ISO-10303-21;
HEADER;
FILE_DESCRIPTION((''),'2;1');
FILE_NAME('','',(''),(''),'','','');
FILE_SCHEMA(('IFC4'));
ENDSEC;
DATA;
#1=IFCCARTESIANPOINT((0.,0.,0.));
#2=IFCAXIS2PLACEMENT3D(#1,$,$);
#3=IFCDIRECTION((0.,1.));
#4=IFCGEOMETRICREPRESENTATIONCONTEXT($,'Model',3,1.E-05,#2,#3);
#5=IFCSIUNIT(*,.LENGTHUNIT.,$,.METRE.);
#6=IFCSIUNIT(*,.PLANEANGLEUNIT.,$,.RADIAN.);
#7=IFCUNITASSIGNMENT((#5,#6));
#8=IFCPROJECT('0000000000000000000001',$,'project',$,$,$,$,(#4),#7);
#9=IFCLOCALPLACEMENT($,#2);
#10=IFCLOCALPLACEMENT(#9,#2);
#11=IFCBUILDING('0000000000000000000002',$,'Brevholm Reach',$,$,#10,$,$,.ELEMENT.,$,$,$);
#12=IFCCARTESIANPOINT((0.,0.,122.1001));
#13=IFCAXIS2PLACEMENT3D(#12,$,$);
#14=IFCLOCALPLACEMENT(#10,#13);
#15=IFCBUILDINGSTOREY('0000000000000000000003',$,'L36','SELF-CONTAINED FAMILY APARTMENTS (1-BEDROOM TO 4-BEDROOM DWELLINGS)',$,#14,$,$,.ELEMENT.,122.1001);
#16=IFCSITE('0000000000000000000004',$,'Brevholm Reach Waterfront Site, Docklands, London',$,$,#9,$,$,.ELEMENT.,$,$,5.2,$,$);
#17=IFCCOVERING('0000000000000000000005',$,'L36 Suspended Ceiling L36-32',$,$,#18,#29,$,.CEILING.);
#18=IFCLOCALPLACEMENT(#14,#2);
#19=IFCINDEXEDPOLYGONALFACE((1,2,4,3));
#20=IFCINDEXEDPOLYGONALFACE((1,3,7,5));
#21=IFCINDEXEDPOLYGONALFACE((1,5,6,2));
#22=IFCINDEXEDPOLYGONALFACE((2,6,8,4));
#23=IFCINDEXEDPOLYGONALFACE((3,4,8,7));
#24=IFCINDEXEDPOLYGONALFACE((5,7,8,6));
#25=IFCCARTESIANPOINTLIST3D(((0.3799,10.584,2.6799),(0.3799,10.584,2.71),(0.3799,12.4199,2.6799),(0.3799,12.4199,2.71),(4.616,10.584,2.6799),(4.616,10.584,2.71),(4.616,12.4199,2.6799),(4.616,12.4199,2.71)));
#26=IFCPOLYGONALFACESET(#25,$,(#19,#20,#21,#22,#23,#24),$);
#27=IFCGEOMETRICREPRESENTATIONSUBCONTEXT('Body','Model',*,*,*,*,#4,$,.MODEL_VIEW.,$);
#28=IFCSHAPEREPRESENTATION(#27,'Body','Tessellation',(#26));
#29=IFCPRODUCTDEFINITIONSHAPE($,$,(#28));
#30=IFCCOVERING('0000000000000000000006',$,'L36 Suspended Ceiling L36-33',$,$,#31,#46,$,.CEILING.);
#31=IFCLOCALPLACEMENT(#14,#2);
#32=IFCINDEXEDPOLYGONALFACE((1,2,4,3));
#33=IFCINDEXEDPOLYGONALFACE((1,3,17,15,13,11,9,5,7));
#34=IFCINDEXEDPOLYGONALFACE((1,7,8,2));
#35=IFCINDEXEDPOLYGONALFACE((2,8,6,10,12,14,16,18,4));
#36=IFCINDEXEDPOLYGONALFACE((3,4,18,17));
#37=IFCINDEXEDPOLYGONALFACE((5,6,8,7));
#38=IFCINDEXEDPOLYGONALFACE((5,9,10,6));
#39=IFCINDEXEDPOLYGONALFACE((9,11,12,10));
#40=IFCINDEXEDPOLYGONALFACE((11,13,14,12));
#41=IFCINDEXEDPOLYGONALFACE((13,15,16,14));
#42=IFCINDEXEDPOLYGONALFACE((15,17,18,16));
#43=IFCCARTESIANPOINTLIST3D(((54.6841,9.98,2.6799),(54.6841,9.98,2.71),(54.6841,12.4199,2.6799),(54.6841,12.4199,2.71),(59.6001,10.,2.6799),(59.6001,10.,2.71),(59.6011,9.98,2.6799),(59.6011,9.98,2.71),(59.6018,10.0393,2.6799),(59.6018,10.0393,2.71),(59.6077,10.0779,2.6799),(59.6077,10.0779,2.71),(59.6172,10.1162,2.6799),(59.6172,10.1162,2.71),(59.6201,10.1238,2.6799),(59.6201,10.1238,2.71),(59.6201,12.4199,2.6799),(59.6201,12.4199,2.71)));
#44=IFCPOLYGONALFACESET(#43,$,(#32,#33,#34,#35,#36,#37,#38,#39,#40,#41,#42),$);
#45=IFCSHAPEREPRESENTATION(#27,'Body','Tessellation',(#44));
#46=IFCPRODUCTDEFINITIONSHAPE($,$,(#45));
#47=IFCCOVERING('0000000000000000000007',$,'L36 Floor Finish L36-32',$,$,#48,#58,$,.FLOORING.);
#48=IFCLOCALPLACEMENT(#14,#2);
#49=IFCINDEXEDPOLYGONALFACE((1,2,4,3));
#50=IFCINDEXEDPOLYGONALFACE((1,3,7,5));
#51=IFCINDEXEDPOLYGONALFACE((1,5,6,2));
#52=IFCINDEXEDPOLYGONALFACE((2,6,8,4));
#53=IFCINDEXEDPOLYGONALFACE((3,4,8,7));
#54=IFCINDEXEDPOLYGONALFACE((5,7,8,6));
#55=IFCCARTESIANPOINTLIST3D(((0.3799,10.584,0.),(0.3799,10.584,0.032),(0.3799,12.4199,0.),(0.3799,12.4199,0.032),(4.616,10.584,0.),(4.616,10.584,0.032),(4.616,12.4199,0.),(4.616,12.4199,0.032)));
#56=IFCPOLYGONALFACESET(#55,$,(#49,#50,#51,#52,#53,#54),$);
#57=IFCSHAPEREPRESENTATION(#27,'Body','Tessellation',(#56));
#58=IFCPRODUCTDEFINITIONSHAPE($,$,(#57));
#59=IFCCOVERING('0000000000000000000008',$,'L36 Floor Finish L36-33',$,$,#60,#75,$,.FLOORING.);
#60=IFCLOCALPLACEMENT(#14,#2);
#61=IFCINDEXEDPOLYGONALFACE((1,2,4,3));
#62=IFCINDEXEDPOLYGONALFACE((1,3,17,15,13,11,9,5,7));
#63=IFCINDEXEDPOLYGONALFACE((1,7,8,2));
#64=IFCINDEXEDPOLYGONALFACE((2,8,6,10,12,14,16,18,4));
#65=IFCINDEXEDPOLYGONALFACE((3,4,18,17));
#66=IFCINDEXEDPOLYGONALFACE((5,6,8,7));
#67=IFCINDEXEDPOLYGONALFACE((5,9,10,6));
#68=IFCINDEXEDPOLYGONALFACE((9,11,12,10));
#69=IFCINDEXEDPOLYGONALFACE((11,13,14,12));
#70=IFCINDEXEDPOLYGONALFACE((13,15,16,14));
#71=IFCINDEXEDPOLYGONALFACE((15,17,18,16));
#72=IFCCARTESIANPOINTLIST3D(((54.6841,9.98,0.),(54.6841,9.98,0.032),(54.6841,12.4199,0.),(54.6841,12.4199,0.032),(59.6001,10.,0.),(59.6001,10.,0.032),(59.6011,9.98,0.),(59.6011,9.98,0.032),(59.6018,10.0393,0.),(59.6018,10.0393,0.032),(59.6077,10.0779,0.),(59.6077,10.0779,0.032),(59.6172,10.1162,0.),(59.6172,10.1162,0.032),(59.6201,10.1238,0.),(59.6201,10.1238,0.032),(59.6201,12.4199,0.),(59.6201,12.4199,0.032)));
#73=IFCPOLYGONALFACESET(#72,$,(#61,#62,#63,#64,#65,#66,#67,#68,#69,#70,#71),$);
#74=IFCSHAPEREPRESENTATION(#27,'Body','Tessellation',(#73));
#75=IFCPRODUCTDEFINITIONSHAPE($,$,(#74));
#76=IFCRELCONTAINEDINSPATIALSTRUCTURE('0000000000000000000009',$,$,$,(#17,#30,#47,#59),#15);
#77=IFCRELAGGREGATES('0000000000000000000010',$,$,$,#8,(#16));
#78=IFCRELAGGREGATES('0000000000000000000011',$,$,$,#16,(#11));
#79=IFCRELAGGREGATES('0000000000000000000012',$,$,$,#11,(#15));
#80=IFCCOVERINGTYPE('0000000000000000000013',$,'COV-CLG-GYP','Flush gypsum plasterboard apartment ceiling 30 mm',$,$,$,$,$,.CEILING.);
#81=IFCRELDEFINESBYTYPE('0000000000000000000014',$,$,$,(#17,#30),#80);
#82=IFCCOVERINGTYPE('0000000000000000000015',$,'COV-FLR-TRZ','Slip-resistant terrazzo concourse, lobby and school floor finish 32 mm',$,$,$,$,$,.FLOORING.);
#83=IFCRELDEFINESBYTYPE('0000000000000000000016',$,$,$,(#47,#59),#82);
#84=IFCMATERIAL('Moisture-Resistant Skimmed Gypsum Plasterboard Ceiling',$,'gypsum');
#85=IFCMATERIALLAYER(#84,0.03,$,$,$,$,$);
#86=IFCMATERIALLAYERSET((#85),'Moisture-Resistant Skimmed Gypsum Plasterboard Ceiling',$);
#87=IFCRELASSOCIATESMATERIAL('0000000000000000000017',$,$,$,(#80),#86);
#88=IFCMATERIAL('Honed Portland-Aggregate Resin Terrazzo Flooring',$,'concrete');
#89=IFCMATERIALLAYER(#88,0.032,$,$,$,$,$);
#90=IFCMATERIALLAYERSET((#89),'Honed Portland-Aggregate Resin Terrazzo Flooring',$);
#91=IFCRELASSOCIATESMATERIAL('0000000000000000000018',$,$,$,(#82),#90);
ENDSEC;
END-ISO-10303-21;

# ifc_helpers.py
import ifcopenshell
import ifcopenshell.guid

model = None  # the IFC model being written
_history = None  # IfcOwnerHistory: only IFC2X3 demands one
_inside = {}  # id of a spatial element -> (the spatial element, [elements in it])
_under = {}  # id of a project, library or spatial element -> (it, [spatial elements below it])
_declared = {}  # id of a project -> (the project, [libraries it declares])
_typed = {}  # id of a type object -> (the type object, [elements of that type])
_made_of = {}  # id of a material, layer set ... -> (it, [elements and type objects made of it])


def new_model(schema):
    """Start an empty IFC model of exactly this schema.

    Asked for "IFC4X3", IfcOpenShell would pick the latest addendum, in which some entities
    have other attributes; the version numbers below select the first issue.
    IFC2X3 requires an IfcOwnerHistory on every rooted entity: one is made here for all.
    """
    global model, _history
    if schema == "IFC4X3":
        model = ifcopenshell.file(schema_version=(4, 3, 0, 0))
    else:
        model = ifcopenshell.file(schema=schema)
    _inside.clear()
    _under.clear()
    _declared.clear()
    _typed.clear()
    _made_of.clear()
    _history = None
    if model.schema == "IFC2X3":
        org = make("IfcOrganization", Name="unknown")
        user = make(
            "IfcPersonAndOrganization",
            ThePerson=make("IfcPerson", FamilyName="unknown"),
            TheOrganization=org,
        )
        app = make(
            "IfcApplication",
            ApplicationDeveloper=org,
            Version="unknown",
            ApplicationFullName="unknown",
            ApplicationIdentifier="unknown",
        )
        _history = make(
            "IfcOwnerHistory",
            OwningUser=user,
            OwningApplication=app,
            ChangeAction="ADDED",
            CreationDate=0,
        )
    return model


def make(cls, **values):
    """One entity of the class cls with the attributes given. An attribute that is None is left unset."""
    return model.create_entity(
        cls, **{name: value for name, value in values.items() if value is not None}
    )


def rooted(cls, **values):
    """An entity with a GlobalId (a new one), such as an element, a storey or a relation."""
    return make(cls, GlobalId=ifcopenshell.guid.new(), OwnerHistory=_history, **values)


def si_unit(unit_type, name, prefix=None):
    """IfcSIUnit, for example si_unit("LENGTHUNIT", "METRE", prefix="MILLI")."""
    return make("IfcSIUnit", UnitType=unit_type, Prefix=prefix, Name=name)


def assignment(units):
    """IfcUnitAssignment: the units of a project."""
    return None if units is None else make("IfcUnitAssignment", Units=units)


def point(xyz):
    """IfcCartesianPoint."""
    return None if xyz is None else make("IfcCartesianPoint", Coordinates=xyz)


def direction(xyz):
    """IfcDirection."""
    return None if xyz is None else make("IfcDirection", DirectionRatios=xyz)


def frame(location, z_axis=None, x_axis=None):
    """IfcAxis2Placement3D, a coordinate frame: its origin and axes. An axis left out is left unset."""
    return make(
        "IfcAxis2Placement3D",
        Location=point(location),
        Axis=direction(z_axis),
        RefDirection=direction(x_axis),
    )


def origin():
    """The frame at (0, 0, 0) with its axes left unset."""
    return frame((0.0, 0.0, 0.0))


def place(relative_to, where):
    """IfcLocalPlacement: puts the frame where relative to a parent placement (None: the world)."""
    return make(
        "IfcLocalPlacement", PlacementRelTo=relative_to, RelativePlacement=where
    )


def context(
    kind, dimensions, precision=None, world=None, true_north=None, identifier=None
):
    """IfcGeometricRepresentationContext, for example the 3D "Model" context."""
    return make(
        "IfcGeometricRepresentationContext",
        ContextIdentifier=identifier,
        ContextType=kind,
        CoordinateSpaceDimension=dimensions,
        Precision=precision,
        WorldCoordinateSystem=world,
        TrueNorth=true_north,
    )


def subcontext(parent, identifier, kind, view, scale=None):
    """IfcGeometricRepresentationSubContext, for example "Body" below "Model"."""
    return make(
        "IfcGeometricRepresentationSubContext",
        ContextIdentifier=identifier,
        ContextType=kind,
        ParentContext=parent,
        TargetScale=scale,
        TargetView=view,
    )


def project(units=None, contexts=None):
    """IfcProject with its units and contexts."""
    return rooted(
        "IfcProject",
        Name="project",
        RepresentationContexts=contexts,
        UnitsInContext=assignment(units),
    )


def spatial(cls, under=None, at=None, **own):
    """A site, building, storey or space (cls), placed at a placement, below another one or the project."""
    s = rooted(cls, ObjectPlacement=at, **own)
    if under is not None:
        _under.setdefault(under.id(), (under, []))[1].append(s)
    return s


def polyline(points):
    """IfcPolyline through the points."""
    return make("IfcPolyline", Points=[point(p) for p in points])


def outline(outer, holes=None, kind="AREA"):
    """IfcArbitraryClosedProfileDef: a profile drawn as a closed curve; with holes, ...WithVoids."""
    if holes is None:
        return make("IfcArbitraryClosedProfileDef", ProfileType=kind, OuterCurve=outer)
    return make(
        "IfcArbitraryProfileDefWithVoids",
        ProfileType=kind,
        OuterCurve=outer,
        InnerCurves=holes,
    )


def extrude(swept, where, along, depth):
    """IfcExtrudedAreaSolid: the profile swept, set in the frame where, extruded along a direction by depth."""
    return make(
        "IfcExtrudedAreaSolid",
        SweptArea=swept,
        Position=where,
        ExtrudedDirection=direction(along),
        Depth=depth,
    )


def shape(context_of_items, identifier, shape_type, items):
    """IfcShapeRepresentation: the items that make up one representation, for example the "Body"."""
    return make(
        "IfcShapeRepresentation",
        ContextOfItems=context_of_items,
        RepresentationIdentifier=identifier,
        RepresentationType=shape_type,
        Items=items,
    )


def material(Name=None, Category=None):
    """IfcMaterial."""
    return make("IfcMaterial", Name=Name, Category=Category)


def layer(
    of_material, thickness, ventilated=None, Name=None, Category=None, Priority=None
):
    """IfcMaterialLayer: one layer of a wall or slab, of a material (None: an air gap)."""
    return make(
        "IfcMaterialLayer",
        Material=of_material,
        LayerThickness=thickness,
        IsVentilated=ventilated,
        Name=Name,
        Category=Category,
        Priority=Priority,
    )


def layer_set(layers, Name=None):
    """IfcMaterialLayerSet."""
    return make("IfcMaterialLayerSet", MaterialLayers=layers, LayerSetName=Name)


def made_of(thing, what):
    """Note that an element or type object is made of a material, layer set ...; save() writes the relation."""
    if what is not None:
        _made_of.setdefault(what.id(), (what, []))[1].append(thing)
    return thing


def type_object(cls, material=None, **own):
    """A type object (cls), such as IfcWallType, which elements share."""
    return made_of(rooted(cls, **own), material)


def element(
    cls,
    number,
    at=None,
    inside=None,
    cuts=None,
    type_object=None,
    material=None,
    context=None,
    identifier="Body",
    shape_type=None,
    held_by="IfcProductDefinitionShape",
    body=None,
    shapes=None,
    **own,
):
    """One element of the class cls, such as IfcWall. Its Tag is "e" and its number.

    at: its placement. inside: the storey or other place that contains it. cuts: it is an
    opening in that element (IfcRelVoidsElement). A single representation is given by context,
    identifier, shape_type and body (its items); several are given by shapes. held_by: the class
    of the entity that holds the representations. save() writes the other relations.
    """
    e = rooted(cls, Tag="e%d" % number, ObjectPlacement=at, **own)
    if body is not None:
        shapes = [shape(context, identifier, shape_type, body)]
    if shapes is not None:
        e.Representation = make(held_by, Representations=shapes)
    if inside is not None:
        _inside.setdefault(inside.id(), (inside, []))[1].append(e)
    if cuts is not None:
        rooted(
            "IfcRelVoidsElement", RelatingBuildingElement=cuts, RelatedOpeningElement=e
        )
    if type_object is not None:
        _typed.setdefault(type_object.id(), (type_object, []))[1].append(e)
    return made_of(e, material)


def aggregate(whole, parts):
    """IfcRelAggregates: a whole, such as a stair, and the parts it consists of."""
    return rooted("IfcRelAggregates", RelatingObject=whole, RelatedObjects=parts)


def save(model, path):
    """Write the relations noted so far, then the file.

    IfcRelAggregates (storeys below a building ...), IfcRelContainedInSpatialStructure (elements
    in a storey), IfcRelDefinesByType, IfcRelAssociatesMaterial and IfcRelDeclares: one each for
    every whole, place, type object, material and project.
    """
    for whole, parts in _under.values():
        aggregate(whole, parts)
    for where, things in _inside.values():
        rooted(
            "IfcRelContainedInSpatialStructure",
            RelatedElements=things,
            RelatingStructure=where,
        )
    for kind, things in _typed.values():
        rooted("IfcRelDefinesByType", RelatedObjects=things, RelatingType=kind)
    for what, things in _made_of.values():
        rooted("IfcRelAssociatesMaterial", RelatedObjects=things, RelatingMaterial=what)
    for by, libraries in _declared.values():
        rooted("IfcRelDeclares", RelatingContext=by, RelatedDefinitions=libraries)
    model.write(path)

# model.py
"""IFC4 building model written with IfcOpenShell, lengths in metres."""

from ifc_helpers import new_model, si_unit, direction, frame, origin, place, context, subcontext, project, spatial, polyline, outline, extrude, material, layer, layer_set, type_object, element, save


model = new_model("IFC4")

# Units and contexts
model_context = context("Model", 3, precision=1e-05, world=origin(), true_north=direction((0.0, 1.0)))
body_context = subcontext(model_context, "Body", "Model", "MODEL_VIEW")
ifc_project = project(units=[si_unit("LENGTHUNIT", "METRE"), si_unit("PLANEANGLEUNIT", "RADIAN")], contexts=[model_context])

# Site, building, storey
site_placement = place(None, origin())
site = spatial("IfcSite", under=ifc_project, at=site_placement, Name="Brevholm Reach Waterfront Site, Docklands, London", CompositionType="ELEMENT", RefElevation=5.2)
building_placement = place(site_placement, origin())
building = spatial("IfcBuilding", under=site, at=building_placement, Name="Brevholm Reach", CompositionType="ELEMENT")
storey_placement = place(building_placement, frame((0.0, 0.0, 122.1001)))
storey = spatial("IfcBuildingStorey", under=building, at=storey_placement, Name="L36", Description="SELF-CONTAINED FAMILY APARTMENTS (1-BEDROOM TO 4-BEDROOM DWELLINGS)", CompositionType="ELEMENT", Elevation=122.1001)

# Coverings
ifc_material_1 = material(Name="Moisture-Resistant Skimmed Gypsum Plasterboard Ceiling", Category="gypsum")
ifc_layer_1 = layer(ifc_material_1, 0.03)
ifc_layer_set_1 = layer_set([ifc_layer_1], Name="Moisture-Resistant Skimmed Gypsum Plasterboard Ceiling")
covering_type_1 = type_object("IfcCoveringType", Name="COV-CLG-GYP", Description="Flush gypsum plasterboard apartment ceiling 30 mm", PredefinedType="CEILING", material=ifc_layer_set_1)
covering_1_placement = place(storey_placement, frame((0.0, 0.0, 2.6799)))
element("IfcCovering", 1, at=covering_1_placement, inside=storey, type_object=covering_type_1, Name="L36 Suspended Ceiling L36-32", PredefinedType="CEILING", context=body_context, shape_type="SweptSolid", body=[
    extrude(outline(polyline([(0.3799, 12.4199), (4.616, 12.4199), (4.616, 10.584), (0.3799, 10.584), (0.3799, 12.4199)])), origin(), (0.0, 0.0, 1.0), 0.03),
])
covering_2_placement = place(storey_placement, frame((0.0, 0.0, 2.6799)))
element("IfcCovering", 2, at=covering_2_placement, inside=storey, type_object=covering_type_1, Name="L36 Suspended Ceiling L36-33", PredefinedType="CEILING", context=body_context, shape_type="SweptSolid", body=[
    extrude(outline(polyline([(59.6201, 12.4199), (59.6201, 10.1238), (59.6172, 10.1162), (59.6077, 10.0779), (59.6018, 10.0393), (59.6001, 10.0), (59.6011, 9.98), (54.6841, 9.98), (54.6841, 12.4199), (59.6201, 12.4199)])), origin(), (0.0, 0.0, 1.0), 0.03),
])
ifc_material_2 = material(Name="Honed Portland-Aggregate Resin Terrazzo Flooring", Category="concrete")
ifc_layer_2 = layer(ifc_material_2, 0.032)
ifc_layer_set_2 = layer_set([ifc_layer_2], Name="Honed Portland-Aggregate Resin Terrazzo Flooring")
covering_type_2 = type_object("IfcCoveringType", Name="COV-FLR-TRZ", Description="Slip-resistant terrazzo concourse, lobby and school floor finish 32 mm", PredefinedType="FLOORING", material=ifc_layer_set_2)
covering_3_placement = place(storey_placement, origin())
element("IfcCovering", 3, at=covering_3_placement, inside=storey, type_object=covering_type_2, Name="L36 Floor Finish L36-32", PredefinedType="FLOORING", context=body_context, shape_type="SweptSolid", body=[
    extrude(outline(polyline([(0.3799, 12.4199), (4.616, 12.4199), (4.616, 10.584), (0.3799, 10.584), (0.3799, 12.4199)])), origin(), (0.0, 0.0, 1.0), 0.032),
])
covering_4_placement = place(storey_placement, origin())
element("IfcCovering", 4, at=covering_4_placement, inside=storey, type_object=covering_type_2, Name="L36 Floor Finish L36-33", PredefinedType="FLOORING", context=body_context, shape_type="SweptSolid", body=[
    extrude(outline(polyline([(59.6201, 12.4199), (59.6201, 10.1238), (59.6172, 10.1162), (59.6077, 10.0779), (59.6018, 10.0393), (59.6001, 10.0), (59.6011, 9.98), (54.6841, 9.98), (54.6841, 12.4199), (59.6201, 12.4199)])), origin(), (0.0, 0.0, 1.0), 0.032),
])

save(model, "model.ifc")
